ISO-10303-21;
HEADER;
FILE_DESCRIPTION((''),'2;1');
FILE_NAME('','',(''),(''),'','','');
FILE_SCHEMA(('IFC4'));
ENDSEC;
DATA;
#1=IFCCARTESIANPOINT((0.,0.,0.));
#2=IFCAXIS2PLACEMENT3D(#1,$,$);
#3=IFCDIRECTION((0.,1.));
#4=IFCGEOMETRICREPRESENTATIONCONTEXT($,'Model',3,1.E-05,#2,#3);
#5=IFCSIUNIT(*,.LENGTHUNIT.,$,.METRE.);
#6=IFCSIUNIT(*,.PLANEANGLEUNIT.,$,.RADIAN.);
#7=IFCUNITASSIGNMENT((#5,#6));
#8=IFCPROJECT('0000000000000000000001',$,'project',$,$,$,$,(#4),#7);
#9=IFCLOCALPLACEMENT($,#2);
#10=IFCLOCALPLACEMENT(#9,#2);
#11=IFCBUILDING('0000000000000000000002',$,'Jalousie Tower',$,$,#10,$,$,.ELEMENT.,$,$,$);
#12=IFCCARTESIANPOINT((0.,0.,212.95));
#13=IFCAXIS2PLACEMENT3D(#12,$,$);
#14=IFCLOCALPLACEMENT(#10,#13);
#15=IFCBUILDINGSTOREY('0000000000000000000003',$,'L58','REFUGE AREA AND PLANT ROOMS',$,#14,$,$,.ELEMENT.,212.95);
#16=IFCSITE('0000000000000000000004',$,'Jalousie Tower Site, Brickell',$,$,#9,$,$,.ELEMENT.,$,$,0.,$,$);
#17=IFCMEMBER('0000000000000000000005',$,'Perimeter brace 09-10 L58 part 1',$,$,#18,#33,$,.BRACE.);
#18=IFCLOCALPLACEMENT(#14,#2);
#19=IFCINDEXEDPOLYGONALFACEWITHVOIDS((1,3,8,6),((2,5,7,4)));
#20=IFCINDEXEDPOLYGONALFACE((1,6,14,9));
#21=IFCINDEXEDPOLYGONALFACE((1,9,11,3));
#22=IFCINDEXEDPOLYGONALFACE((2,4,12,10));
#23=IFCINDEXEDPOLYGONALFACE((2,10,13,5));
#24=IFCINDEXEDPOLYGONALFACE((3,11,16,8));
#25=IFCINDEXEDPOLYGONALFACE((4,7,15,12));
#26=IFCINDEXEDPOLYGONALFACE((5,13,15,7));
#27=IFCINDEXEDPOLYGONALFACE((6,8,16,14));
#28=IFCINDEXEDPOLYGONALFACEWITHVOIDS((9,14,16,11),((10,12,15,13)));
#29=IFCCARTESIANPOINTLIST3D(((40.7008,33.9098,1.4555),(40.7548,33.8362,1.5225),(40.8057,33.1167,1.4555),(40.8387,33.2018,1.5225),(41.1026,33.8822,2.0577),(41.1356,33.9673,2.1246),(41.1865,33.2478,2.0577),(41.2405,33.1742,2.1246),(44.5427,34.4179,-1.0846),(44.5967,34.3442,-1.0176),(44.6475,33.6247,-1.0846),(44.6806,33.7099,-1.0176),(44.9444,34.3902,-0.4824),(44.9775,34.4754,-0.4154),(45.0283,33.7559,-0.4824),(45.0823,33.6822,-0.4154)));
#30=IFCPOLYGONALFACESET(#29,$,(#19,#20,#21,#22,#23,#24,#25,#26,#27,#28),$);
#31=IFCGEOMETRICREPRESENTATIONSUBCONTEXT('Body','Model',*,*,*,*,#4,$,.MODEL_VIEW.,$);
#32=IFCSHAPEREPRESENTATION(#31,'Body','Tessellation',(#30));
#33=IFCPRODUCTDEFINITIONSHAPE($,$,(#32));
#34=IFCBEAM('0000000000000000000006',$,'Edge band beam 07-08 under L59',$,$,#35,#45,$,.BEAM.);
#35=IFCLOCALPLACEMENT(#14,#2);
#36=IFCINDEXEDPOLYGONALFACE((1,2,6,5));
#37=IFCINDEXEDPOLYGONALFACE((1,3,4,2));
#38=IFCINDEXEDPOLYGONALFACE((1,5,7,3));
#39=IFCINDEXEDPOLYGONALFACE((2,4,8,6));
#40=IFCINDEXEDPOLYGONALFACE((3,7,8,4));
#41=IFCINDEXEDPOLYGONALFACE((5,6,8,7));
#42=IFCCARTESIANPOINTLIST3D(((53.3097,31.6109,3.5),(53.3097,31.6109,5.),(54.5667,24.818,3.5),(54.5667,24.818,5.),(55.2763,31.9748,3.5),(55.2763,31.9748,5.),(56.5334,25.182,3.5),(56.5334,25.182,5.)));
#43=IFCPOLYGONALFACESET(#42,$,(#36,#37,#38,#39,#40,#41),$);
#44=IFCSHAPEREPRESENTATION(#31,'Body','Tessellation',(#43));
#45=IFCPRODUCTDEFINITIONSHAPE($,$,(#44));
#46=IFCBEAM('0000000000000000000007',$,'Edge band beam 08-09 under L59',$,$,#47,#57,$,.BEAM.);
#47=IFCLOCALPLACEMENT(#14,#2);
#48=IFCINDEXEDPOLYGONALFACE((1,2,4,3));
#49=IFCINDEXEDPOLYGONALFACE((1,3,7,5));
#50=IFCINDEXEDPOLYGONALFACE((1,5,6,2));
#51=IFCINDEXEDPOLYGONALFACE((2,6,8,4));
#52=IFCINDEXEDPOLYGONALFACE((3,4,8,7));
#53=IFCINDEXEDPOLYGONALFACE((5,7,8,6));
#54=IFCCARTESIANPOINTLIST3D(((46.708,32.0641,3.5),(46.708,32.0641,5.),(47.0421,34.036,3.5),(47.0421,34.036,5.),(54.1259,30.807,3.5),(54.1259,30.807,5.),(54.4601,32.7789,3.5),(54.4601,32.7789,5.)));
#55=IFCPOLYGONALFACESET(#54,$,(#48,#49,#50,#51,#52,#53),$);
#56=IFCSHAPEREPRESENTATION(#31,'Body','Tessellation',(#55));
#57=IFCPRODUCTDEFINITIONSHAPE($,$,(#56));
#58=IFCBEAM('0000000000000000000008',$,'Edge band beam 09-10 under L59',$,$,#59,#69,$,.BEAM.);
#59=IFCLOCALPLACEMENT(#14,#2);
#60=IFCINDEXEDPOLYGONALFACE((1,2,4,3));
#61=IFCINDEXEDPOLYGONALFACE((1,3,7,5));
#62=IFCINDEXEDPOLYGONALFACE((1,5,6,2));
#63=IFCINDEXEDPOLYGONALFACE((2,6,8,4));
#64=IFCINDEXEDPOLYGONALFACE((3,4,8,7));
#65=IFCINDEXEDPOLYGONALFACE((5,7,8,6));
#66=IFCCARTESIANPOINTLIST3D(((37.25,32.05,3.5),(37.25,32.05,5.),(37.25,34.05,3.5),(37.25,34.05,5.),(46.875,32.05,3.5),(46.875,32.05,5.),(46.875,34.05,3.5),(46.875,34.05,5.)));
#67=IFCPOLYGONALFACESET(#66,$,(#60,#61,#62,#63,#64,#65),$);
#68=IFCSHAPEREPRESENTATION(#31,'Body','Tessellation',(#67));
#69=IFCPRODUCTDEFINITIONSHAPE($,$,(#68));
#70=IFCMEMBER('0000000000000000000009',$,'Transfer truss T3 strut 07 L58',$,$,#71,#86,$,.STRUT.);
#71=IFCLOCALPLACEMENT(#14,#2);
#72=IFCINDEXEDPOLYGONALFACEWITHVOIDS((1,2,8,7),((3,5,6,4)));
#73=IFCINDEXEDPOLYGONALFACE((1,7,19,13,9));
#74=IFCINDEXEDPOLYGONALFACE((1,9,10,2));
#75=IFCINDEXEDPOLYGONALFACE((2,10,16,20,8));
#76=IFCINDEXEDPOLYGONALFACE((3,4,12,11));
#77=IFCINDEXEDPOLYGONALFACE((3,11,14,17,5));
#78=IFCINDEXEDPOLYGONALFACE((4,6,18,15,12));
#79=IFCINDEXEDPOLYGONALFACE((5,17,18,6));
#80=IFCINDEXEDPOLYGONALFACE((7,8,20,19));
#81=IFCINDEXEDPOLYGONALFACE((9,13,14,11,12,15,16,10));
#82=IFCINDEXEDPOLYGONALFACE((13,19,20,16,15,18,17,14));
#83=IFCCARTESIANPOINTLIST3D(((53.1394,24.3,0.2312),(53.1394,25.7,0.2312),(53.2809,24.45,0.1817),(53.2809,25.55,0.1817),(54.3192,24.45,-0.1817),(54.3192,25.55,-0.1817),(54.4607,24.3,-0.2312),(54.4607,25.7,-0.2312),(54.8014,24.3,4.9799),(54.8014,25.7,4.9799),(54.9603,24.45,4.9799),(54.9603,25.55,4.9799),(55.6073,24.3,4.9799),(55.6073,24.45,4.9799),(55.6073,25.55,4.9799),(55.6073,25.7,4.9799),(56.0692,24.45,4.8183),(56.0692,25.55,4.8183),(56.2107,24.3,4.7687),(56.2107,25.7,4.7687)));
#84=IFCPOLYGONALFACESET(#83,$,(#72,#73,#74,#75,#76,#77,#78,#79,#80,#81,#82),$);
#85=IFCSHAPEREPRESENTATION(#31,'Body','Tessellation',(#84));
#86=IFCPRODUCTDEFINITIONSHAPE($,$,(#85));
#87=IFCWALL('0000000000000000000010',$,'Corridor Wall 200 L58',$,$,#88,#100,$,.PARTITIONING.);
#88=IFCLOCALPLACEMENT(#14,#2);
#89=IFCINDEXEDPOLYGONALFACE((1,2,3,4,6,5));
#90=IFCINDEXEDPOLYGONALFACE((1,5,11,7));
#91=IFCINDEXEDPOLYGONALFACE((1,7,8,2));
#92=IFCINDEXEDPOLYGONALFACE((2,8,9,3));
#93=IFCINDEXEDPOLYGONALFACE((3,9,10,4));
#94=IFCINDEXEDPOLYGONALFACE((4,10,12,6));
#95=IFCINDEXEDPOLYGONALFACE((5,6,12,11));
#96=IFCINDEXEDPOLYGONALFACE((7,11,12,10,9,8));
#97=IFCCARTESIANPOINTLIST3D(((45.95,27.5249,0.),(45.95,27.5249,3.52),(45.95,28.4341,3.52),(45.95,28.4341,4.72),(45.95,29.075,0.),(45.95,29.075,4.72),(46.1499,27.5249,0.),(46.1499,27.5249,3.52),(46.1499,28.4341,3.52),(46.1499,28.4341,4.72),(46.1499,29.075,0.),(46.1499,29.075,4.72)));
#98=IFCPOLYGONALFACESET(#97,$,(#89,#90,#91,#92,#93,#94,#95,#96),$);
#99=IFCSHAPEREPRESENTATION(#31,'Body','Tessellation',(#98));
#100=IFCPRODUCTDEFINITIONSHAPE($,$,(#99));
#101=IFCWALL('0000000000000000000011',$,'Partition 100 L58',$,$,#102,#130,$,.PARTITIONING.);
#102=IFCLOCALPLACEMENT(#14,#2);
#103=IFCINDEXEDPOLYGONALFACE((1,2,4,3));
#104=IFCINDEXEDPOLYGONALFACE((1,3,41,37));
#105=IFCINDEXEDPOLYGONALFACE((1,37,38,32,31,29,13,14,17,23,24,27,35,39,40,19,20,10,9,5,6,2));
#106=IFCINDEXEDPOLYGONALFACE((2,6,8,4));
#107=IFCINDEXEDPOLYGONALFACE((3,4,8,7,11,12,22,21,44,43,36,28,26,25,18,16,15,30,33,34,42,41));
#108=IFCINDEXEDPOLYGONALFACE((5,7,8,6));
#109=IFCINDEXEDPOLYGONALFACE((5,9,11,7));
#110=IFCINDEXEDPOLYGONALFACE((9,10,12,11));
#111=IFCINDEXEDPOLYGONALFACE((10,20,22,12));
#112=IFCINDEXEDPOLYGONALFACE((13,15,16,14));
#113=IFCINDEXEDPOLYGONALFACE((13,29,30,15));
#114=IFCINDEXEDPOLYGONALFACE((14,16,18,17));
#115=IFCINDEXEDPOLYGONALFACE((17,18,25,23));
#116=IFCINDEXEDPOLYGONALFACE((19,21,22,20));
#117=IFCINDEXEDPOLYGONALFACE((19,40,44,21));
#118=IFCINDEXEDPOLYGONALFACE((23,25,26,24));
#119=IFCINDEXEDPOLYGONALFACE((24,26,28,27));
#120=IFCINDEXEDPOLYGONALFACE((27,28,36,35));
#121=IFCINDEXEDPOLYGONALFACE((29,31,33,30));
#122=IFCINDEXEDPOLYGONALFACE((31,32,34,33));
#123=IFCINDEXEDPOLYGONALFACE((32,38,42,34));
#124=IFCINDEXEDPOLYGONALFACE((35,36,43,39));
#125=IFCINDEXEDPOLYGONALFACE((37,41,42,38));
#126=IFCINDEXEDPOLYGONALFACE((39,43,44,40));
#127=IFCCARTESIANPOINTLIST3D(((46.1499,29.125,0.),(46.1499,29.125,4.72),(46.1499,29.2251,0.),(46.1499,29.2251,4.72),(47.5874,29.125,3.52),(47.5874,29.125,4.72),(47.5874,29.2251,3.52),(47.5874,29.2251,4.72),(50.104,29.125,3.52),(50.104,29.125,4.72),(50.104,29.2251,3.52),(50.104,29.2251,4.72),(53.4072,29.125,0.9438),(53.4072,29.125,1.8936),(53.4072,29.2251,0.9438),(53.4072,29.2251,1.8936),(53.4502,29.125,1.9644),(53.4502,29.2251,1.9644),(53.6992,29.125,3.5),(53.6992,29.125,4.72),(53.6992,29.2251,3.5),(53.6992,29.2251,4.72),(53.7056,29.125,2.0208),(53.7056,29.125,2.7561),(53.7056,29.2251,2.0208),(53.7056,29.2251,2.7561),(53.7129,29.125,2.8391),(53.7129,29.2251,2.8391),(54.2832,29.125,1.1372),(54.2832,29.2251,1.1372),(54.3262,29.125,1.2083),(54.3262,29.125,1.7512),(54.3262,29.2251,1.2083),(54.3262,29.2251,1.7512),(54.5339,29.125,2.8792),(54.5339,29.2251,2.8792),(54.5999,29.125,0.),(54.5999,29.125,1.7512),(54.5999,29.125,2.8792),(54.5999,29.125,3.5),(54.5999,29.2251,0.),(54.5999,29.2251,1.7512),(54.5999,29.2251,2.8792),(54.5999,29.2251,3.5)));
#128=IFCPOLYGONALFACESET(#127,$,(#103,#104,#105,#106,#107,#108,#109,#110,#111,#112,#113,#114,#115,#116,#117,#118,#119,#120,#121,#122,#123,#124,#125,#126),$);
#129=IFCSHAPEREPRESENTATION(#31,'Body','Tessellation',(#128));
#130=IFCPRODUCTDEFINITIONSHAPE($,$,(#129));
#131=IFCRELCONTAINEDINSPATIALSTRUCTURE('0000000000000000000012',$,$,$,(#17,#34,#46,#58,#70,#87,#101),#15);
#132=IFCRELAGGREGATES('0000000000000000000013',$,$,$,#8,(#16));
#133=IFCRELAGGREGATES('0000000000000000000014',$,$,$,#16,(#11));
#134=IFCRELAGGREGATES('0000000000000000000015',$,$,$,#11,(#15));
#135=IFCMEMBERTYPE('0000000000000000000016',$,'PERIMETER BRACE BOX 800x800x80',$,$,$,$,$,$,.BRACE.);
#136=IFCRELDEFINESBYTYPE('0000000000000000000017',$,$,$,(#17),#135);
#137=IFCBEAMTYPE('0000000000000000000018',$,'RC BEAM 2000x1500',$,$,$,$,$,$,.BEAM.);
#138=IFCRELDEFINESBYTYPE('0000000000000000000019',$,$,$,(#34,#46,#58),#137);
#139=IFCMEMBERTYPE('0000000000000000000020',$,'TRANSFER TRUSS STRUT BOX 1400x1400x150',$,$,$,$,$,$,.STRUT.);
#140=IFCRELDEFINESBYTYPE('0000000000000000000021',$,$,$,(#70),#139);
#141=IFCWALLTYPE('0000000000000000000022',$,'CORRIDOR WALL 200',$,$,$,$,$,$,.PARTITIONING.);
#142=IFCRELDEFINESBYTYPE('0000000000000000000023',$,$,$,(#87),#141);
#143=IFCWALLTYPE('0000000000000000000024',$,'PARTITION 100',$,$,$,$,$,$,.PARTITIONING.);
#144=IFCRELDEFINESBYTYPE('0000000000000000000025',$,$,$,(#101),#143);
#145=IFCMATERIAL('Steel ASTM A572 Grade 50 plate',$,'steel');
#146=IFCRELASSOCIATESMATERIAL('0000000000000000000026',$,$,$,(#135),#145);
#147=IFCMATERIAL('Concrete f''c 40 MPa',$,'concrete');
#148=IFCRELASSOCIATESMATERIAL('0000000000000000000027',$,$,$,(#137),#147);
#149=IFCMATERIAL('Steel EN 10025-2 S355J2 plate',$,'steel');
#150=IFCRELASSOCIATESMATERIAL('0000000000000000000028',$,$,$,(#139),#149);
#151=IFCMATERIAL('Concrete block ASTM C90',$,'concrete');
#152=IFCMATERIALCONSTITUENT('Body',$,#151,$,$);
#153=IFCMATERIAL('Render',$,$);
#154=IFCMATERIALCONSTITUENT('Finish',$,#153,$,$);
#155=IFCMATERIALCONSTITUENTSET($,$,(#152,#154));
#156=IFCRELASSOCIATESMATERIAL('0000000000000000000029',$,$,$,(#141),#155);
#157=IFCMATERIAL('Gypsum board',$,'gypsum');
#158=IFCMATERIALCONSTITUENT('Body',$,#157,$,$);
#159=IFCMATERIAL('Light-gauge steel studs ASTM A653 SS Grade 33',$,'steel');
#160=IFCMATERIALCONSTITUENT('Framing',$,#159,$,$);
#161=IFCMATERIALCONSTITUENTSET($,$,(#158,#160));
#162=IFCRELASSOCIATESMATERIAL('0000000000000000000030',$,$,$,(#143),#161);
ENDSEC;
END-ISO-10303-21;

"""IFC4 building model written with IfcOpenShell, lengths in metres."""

from ifc_helpers import new_model, si_unit, direction, frame, origin, origin_2d, place, context, subcontext, project, spatial, polyline, rectangle, hollow_rectangle, outline, extrude, clip, halfspace, material, constituent, constituent_set, material_profile, profile_set, type_object, element, save


model = new_model("IFC4")

# Units and contexts
model_context = context("Model", 3, precision=1e-05, world=origin(), true_north=direction((0.0, 1.0)))
body_context = subcontext(model_context, "Body", "Model", "MODEL_VIEW")
ifc_project = project(units=[si_unit("LENGTHUNIT", "METRE"), si_unit("PLANEANGLEUNIT", "RADIAN")], contexts=[model_context])

# Site, building, storey
site_placement = place(None, origin())
site = spatial("IfcSite", under=ifc_project, at=site_placement, Name="Jalousie Tower Site, Brickell", CompositionType="ELEMENT", RefElevation=0.0)
building_placement = place(site_placement, origin())
building = spatial("IfcBuilding", under=site, at=building_placement, Name="Jalousie Tower", CompositionType="ELEMENT")
storey_placement = place(building_placement, frame((0.0, 0.0, 212.95)))
storey = spatial("IfcBuildingStorey", under=building, at=storey_placement, Name="L58", Description="REFUGE AREA AND PLANT ROOMS", CompositionType="ELEMENT", Elevation=212.95)

# Member
ifc_material_1 = material(Name="Steel ASTM A572 Grade 50 plate", Category="steel")
ifc_material_profile_1 = material_profile(ifc_material_1, hollow_rectangle(XDim=0.8, YDim=0.8, WallThickness=0.0801, at=origin_2d()), Name="BOX 800x800x80")
ifc_profile_set_1 = profile_set([ifc_material_profile_1], Name="Steel ASTM A572 Grade 50 plate")
member_type_1 = type_object("IfcMemberType", Name="PERIMETER BRACE BOX 800x800x80", PredefinedType="BRACE", material=ifc_profile_set_1)
member_1_placement = place(storey_placement, frame((44.8125, 34.05, -0.75), z_axis=(-0.829135, -0.109649, 0.54819), x_axis=(0.131103, -0.991369, 0.0)))
element("IfcMember", 1, at=member_1_placement, inside=storey, type_object=member_type_1, Name="Perimeter brace 09-10 L58 part 1", PredefinedType="BRACE", context=body_context, shape_type="SweptSolid", body=[
    extrude(hollow_rectangle(XDim=0.8, YDim=0.8, WallThickness=0.0801, at=origin_2d()), origin(), (0.0, 0.0, 1.0), 4.6335),
])

# Beams
ifc_material_2 = material(Name="Concrete f'c 40 MPa", Category="concrete")
ifc_material_profile_2 = material_profile(ifc_material_2, rectangle(XDim=2.0, YDim=1.5, at=origin_2d()), Name="RC 2000x1500")
ifc_profile_set_2 = profile_set([ifc_material_profile_2], Name="Concrete f'c 40 MPa")
beam_type_1 = type_object("IfcBeamType", Name="RC BEAM 2000x1500", PredefinedType="BEAM", material=ifc_profile_set_2)
beam_1_placement = place(storey_placement, frame((55.55, 25.0, 4.25), z_axis=(-0.181967, 0.983305, 0.0), x_axis=(-0.983305, -0.181967, 0.0)))
element("IfcBeam", 2, at=beam_1_placement, inside=storey, type_object=beam_type_1, Name="Edge band beam 07-08 under L59", PredefinedType="BEAM", context=body_context, shape_type="SweptSolid", body=[
    extrude(rectangle(XDim=2.0, YDim=1.5, at=origin_2d()), origin(), (0.0, 0.0, 1.0), 6.9082),
])
beam_2_placement = place(storey_placement, frame((54.293, 31.793, 4.25), z_axis=(-0.985943, 0.167082, 0.0), x_axis=(-0.167082, -0.985943, 0.0)))
element("IfcBeam", 3, at=beam_2_placement, inside=storey, type_object=beam_type_1, Name="Edge band beam 08-09 under L59", PredefinedType="BEAM", context=body_context, shape_type="SweptSolid", body=[
    extrude(rectangle(XDim=2.0, YDim=1.5, at=origin_2d()), origin(), (0.0, 0.0, 1.0), 7.5237),
])
beam_3_placement = place(storey_placement, frame((46.875, 33.05, 4.25), z_axis=(-1.0, 0.0, 0.0), x_axis=(0.0, -1.0, 0.0)))
element("IfcBeam", 4, at=beam_3_placement, inside=storey, type_object=beam_type_1, Name="Edge band beam 09-10 under L59", PredefinedType="BEAM", context=body_context, shape_type="SweptSolid", body=[
    extrude(rectangle(XDim=2.0, YDim=1.5, at=origin_2d()), origin(), (0.0, 0.0, 1.0), 9.625),
])

# Member
ifc_material_3 = material(Name="Steel EN 10025-2 S355J2 plate", Category="steel")
ifc_material_profile_3 = material_profile(ifc_material_3, hollow_rectangle(XDim=1.3999, YDim=1.3999, WallThickness=0.1499, at=origin_2d()), Name="BOX 1400x1400x150")
ifc_profile_set_3 = profile_set([ifc_material_profile_3], Name="Steel EN 10025-2 S355J2 plate")
member_type_2 = type_object("IfcMemberType", Name="TRANSFER TRUSS STRUT BOX 1400x1400x150", PredefinedType="STRUT", material=ifc_profile_set_3)
member_2_placement = place(storey_placement, frame((53.8, 25.0, 0.0), z_axis=(0.33035, 0.0, 0.943858), x_axis=(0.0, 1.0, 0.0)))
element("IfcMember", 5, at=member_2_placement, inside=storey, type_object=member_type_2, Name="Transfer truss T3 strut 07 L58", PredefinedType="STRUT", context=body_context, shape_type="Clipping", body=[
    clip(extrude(hollow_rectangle(XDim=1.3999, YDim=1.3999, WallThickness=0.1499, at=origin_2d()), origin(), (0.0, 0.0, 1.0), 5.2974), halfspace(frame((0.0, 0.0, 5.2761), z_axis=(0.0, 0.33035, 0.943858)), False)),
])

# Walls
ifc_material_4 = material(Name="Concrete block ASTM C90", Category="concrete")
ifc_constituent_1 = constituent(ifc_material_4, Name="Body")
ifc_material_5 = material(Name="Render")
ifc_constituent_2 = constituent(ifc_material_5, Name="Finish")
ifc_constituent_set_1 = constituent_set(constituents=[ifc_constituent_1, ifc_constituent_2])
wall_type_1 = type_object("IfcWallType", Name="CORRIDOR WALL 200", PredefinedType="PARTITIONING", material=ifc_constituent_set_1)
wall_1_placement = place(storey_placement, frame((46.05, 27.5249, 0.0), z_axis=(0.0, 0.0, 1.0), x_axis=(0.0, 1.0, 0.0)))
element("IfcWall", 6, at=wall_1_placement, inside=storey, type_object=wall_type_1, Name="Corridor Wall 200 L58", PredefinedType="PARTITIONING", context=body_context, shape_type="SweptSolid", body=[
    extrude(outline(polyline([(0.0, 0.0), (1.55, 0.0), (1.55, 4.72), (0.9092, 4.72), (0.9092, 3.52), (0.0, 3.52), (0.0, 0.0)])), frame((0.0, 0.1001, 0.0), z_axis=(0.0, -1.0, 0.0), x_axis=(1.0, 0.0, 0.0)), (0.0, 0.0, 1.0), 0.2),
])
ifc_material_6 = material(Name="Gypsum board", Category="gypsum")
ifc_constituent_3 = constituent(ifc_material_6, Name="Body")
ifc_material_7 = material(Name="Light-gauge steel studs ASTM A653 SS Grade 33", Category="steel")
ifc_constituent_4 = constituent(ifc_material_7, Name="Framing")
ifc_constituent_set_2 = constituent_set(constituents=[ifc_constituent_3, ifc_constituent_4])
wall_type_2 = type_object("IfcWallType", Name="PARTITION 100", PredefinedType="PARTITIONING", material=ifc_constituent_set_2)
wall_2_placement = place(storey_placement, frame((46.1499, 29.175, 0.0), z_axis=(0.0, 0.0, 1.0), x_axis=(1.0, 0.0, 0.0)))
element("IfcWall", 7, at=wall_2_placement, inside=storey, type_object=wall_type_2, Name="Partition 100 L58", PredefinedType="PARTITIONING", context=body_context, shape_type="SweptSolid", body=[
    extrude(outline(polyline([(1.4375, 4.72), (0.0, 4.72), (0.0, 0.0), (8.45, 0.0), (8.45, 1.7512), (8.1763, 1.7512), (8.1763, 1.2083), (8.1333, 1.1372), (7.2573, 0.9438), (7.2573, 1.8936), (7.3003, 1.9644), (7.5557, 2.0208), (7.5557, 2.7561), (7.563, 2.8391), (8.384, 2.8792), (8.45, 2.8792), (8.45, 3.5), (7.5493, 3.5), (7.5493, 4.72), (3.9541, 4.72), (3.9541, 3.52), (1.4375, 3.52), (1.4375, 4.72)])), frame((0.0, 0.05, 0.0), z_axis=(0.0, -1.0, 0.0), x_axis=(1.0, 0.0, 0.0)), (0.0, 0.0, 1.0), 0.1001),
])

save(model, "model.ifc")
